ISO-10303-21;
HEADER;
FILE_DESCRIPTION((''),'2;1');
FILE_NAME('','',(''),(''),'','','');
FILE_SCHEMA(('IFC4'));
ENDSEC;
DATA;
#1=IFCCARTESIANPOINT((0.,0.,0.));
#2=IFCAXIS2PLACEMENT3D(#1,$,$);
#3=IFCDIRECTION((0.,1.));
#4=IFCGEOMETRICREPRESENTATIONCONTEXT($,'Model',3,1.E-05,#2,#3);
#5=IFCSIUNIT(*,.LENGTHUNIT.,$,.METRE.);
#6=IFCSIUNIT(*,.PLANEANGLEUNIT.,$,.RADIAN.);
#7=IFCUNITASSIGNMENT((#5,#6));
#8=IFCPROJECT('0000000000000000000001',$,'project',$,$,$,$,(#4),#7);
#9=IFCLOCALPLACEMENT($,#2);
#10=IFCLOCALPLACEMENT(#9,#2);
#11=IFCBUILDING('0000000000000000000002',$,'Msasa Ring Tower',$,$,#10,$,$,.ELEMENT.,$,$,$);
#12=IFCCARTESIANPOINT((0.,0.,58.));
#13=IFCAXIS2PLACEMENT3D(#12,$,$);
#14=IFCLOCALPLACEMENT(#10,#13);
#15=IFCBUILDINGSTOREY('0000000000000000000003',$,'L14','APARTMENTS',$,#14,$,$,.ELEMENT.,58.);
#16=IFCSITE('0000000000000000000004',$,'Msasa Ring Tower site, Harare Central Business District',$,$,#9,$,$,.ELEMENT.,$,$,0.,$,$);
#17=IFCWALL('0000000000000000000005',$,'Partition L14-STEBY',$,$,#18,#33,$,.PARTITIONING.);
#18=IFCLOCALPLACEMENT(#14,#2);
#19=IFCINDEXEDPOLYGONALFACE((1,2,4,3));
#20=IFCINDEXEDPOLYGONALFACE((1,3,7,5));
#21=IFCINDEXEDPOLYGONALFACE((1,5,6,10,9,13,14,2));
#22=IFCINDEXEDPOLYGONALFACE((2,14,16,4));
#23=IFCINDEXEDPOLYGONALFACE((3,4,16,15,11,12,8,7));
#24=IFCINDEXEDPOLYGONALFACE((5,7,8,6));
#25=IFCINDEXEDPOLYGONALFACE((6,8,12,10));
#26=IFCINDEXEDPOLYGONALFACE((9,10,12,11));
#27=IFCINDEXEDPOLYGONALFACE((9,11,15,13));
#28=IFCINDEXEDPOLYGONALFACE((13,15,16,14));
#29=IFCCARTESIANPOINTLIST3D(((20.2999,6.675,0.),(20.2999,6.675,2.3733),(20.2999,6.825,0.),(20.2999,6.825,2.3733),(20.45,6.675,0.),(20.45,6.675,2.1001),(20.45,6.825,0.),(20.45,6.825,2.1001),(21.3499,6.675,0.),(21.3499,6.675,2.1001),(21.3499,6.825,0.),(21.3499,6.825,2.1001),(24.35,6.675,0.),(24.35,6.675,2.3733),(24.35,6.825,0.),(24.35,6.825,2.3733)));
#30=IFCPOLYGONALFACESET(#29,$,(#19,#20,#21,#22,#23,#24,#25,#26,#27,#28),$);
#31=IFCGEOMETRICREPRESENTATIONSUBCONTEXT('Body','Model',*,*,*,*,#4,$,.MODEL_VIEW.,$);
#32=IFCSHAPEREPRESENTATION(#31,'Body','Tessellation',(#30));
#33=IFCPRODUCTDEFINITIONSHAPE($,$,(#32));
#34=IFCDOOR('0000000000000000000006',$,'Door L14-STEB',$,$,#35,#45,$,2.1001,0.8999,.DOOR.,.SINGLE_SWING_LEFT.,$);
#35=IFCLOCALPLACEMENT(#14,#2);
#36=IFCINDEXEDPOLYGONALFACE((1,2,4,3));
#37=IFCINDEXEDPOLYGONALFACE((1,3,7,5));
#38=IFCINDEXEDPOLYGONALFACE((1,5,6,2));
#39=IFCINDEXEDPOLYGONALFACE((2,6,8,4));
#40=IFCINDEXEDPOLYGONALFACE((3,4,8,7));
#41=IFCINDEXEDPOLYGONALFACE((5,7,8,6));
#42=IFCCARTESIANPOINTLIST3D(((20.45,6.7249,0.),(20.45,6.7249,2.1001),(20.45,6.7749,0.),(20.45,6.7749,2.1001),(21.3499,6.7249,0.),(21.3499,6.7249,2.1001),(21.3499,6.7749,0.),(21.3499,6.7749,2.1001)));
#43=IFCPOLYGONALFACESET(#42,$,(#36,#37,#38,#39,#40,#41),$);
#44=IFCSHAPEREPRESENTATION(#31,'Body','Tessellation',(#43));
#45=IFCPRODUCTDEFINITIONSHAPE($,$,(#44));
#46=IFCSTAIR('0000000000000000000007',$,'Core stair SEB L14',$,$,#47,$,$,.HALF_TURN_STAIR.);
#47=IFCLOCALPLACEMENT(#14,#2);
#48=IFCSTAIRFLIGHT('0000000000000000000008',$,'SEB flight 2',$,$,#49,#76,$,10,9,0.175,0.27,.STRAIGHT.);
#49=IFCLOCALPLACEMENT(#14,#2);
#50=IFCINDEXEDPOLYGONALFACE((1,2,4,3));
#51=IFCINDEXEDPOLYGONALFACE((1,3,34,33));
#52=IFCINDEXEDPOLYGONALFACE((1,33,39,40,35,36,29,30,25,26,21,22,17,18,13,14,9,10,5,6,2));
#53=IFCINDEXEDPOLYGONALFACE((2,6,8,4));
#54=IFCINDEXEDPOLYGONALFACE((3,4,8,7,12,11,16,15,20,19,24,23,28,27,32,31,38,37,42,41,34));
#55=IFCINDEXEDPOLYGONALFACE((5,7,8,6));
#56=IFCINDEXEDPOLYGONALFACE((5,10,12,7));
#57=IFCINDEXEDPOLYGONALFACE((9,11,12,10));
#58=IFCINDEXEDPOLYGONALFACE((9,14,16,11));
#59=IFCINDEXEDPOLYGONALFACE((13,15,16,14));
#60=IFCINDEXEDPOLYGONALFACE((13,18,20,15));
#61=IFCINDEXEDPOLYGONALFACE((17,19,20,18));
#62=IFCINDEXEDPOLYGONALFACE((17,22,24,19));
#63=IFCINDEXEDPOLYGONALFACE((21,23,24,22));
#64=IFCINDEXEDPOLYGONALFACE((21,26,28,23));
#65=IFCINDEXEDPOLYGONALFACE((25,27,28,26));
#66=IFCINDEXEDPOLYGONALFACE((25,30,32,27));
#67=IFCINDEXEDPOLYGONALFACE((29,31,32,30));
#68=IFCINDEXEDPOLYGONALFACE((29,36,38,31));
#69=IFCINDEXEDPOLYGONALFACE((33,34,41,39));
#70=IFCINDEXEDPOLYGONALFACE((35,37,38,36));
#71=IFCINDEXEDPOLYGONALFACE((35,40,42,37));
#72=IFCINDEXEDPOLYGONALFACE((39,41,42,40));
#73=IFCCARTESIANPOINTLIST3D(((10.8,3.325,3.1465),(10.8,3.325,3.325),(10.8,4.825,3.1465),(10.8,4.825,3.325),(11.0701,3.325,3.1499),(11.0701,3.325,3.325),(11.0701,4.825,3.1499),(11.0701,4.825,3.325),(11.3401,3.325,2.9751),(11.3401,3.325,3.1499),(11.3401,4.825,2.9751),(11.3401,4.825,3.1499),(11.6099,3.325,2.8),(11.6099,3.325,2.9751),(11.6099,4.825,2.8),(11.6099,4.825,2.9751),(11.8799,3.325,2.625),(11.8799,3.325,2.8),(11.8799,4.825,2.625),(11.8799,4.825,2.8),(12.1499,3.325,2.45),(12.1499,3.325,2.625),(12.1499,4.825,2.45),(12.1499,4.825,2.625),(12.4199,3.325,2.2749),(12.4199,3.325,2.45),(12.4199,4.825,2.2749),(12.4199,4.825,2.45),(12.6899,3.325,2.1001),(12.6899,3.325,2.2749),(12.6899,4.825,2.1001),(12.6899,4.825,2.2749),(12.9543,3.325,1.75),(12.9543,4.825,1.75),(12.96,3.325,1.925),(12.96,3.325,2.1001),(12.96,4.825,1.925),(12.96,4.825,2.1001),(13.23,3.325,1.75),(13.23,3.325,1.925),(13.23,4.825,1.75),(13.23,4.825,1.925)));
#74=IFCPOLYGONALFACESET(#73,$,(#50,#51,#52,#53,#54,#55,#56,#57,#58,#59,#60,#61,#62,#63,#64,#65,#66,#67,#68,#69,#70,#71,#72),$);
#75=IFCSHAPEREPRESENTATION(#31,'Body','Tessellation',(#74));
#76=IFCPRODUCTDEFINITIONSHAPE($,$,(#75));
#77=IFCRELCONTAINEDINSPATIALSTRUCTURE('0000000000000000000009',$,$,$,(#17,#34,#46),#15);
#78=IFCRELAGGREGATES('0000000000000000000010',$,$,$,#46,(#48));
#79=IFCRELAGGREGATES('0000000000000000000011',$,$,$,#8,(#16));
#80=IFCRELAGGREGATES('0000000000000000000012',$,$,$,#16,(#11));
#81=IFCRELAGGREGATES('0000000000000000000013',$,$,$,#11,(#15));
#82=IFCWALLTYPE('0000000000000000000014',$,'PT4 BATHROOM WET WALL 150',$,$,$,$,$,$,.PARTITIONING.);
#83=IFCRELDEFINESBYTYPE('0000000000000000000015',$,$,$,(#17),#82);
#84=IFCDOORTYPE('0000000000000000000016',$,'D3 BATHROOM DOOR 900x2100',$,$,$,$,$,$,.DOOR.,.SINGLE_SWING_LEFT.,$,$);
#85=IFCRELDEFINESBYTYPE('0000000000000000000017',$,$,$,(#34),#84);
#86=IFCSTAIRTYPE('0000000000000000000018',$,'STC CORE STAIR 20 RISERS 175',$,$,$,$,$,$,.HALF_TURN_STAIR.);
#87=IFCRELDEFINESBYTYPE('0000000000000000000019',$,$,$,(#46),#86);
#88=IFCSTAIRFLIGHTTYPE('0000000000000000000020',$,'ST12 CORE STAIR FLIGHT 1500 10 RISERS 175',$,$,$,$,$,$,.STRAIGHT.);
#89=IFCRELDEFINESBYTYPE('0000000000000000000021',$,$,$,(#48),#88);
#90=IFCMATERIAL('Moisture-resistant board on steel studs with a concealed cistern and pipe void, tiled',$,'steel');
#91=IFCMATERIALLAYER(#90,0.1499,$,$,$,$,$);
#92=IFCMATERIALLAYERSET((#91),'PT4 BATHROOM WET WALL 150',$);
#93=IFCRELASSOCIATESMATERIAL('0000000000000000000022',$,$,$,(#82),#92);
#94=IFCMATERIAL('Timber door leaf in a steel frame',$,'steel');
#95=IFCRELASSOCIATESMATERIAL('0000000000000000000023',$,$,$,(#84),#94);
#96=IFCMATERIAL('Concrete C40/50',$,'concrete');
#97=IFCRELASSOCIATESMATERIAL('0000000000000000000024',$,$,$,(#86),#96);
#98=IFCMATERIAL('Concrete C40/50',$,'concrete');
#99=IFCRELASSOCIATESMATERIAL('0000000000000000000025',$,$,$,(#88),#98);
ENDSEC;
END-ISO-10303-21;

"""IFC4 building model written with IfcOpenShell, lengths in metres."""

from ifc_helpers import new_model, si_unit, direction, frame, frame_2d, origin, place, context, subcontext, project, spatial, polyline, rectangle, outline, extrude, material, layer, layer_set, type_object, element, fill, aggregate, save


model = new_model("IFC4")

# Units and contexts
model_context = context("Model", 3, precision=1e-05, world=origin(), true_north=direction((0.0, 1.0)))
body_context = subcontext(model_context, "Body", "Model", "MODEL_VIEW")
ifc_project = project(units=[si_unit("LENGTHUNIT", "METRE"), si_unit("PLANEANGLEUNIT", "RADIAN")], contexts=[model_context])

# Site, building, storey
site_placement = place(None, origin())
site = spatial("IfcSite", under=ifc_project, at=site_placement, Name="Msasa Ring Tower site, Harare Central Business District", CompositionType="ELEMENT", RefElevation=0.0)
building_placement = place(site_placement, origin())
building = spatial("IfcBuilding", under=site, at=building_placement, Name="Msasa Ring Tower", CompositionType="ELEMENT")
storey_placement = place(building_placement, frame((0.0, 0.0, 58.0)))
storey = spatial("IfcBuildingStorey", under=building, at=storey_placement, Name="L14", Description="APARTMENTS", CompositionType="ELEMENT", Elevation=58.0)

# Wall, opening, door
ifc_material_1 = material(Name="Moisture-resistant board on steel studs with a concealed cistern and pipe void, tiled", Category="steel")
ifc_layer_1 = layer(ifc_material_1, 0.1499)
ifc_layer_set_1 = layer_set([ifc_layer_1], Name="PT4 BATHROOM WET WALL 150")
wall_type_1 = type_object("IfcWallType", Name="PT4 BATHROOM WET WALL 150", PredefinedType="PARTITIONING", material=ifc_layer_set_1)
wall_1_placement = place(storey_placement, frame((20.3, 6.75, 0.0), z_axis=(0.0, 0.0, 1.0), x_axis=(1.0, 0.0, 0.0)))
wall_1 = element("IfcWall", 1, at=wall_1_placement, inside=storey, type_object=wall_type_1, Name="Partition L14-STEBY", PredefinedType="PARTITIONING", context=body_context, shape_type="SweptSolid", body=[
    extrude(rectangle(XDim=4.05, YDim=0.1499, at=frame_2d((2.0249, 0.0))), origin(), (0.0, 0.0, 1.0), 2.3733),
])
opening_1_placement = place(wall_1_placement, frame((0.1499, 0.0, 0.0)))
opening_1 = element("IfcOpeningElement", 2, at=opening_1_placement, cuts=wall_1, PredefinedType="OPENING", context=body_context, shape_type="SweptSolid", body=[
    extrude(rectangle(XDim=0.8999, YDim=2.1001, at=frame_2d((0.45, 1.05))), frame((0.0, 0.085, 0.0), z_axis=(0.0, -1.0, 0.0), x_axis=(1.0, 0.0, 0.0)), (0.0, 0.0, 1.0), 0.1699),
])
ifc_material_2 = material(Name="Timber door leaf in a steel frame", Category="steel")
door_type = type_object("IfcDoorType", Name="D3 BATHROOM DOOR 900x2100", OperationType="SINGLE_SWING_LEFT", PredefinedType="DOOR", material=ifc_material_2)
door_placement = place(opening_1_placement, origin())
door = element("IfcDoor", 3, at=door_placement, inside=storey, type_object=door_type, Name="Door L14-STEB", OperationType="SINGLE_SWING_LEFT", OverallHeight=2.1001, OverallWidth=0.8999, PredefinedType="DOOR", context=body_context, shape_type="SweptSolid", body=[
    extrude(rectangle(XDim=0.8999, YDim=2.1001, at=frame_2d((0.45, 1.05))), frame((0.0, 0.0249, 0.0), z_axis=(0.0, -1.0, 0.0), x_axis=(1.0, 0.0, 0.0)), (0.0, 0.0, 1.0), 0.05),
])
fill(opening_1, door)

# Stair, stair flight
ifc_material_3 = material(Name="Concrete C40/50", Category="concrete")
stair_type = type_object("IfcStairType", Name="STC CORE STAIR 20 RISERS 175", PredefinedType="HALF_TURN_STAIR", material=ifc_material_3)
stair_placement = place(storey_placement, origin())
stair = element("IfcStair", 4, at=stair_placement, inside=storey, type_object=stair_type, Name="Core stair SEB L14", PredefinedType="HALF_TURN_STAIR")
ifc_material_4 = material(Name="Concrete C40/50", Category="concrete")
stair_flight_type = type_object("IfcStairFlightType", Name="ST12 CORE STAIR FLIGHT 1500 10 RISERS 175", PredefinedType="STRAIGHT", material=ifc_material_4)
stair_flight_placement = place(storey_placement, frame((13.23, 4.075, 1.75), z_axis=(0.0, 0.0, 1.0), x_axis=(-1.0, 0.0, 0.0)))
stair_flight = element("IfcStairFlight", 5, at=stair_flight_placement, type_object=stair_flight_type, Name="SEB flight 2", NumberOfRisers=10, NumberOfTreads=9, PredefinedType="STRAIGHT", RiserHeight=0.175, TreadLength=0.27, context=body_context, shape_type="SweptSolid", body=[
    extrude(outline(polyline([(0.0, 0.0), (0.0, 0.175), (0.27, 0.175), (0.27, 0.3501), (0.54, 0.3501), (0.54, 0.5249), (0.8101, 0.5249), (0.8101, 0.7), (1.0801, 0.7), (1.0801, 0.875), (1.3501, 0.875), (1.3501, 1.05), (1.6201, 1.05), (1.6201, 1.2251), (1.8899, 1.2251), (1.8899, 1.3999), (2.1599, 1.3999), (2.1599, 1.575), (2.4299, 1.575), (2.4299, 1.75), (2.4299, 1.3965), (0.2756, 0.0), (0.0, 0.0)])), frame((0.0, 0.75, 0.0), z_axis=(0.0, -1.0, 0.0), x_axis=(1.0, 0.0, 0.0)), (0.0, 0.0, 1.0), 1.5),
])
aggregate(stair, [stair_flight])

save(model, "model.ifc")
